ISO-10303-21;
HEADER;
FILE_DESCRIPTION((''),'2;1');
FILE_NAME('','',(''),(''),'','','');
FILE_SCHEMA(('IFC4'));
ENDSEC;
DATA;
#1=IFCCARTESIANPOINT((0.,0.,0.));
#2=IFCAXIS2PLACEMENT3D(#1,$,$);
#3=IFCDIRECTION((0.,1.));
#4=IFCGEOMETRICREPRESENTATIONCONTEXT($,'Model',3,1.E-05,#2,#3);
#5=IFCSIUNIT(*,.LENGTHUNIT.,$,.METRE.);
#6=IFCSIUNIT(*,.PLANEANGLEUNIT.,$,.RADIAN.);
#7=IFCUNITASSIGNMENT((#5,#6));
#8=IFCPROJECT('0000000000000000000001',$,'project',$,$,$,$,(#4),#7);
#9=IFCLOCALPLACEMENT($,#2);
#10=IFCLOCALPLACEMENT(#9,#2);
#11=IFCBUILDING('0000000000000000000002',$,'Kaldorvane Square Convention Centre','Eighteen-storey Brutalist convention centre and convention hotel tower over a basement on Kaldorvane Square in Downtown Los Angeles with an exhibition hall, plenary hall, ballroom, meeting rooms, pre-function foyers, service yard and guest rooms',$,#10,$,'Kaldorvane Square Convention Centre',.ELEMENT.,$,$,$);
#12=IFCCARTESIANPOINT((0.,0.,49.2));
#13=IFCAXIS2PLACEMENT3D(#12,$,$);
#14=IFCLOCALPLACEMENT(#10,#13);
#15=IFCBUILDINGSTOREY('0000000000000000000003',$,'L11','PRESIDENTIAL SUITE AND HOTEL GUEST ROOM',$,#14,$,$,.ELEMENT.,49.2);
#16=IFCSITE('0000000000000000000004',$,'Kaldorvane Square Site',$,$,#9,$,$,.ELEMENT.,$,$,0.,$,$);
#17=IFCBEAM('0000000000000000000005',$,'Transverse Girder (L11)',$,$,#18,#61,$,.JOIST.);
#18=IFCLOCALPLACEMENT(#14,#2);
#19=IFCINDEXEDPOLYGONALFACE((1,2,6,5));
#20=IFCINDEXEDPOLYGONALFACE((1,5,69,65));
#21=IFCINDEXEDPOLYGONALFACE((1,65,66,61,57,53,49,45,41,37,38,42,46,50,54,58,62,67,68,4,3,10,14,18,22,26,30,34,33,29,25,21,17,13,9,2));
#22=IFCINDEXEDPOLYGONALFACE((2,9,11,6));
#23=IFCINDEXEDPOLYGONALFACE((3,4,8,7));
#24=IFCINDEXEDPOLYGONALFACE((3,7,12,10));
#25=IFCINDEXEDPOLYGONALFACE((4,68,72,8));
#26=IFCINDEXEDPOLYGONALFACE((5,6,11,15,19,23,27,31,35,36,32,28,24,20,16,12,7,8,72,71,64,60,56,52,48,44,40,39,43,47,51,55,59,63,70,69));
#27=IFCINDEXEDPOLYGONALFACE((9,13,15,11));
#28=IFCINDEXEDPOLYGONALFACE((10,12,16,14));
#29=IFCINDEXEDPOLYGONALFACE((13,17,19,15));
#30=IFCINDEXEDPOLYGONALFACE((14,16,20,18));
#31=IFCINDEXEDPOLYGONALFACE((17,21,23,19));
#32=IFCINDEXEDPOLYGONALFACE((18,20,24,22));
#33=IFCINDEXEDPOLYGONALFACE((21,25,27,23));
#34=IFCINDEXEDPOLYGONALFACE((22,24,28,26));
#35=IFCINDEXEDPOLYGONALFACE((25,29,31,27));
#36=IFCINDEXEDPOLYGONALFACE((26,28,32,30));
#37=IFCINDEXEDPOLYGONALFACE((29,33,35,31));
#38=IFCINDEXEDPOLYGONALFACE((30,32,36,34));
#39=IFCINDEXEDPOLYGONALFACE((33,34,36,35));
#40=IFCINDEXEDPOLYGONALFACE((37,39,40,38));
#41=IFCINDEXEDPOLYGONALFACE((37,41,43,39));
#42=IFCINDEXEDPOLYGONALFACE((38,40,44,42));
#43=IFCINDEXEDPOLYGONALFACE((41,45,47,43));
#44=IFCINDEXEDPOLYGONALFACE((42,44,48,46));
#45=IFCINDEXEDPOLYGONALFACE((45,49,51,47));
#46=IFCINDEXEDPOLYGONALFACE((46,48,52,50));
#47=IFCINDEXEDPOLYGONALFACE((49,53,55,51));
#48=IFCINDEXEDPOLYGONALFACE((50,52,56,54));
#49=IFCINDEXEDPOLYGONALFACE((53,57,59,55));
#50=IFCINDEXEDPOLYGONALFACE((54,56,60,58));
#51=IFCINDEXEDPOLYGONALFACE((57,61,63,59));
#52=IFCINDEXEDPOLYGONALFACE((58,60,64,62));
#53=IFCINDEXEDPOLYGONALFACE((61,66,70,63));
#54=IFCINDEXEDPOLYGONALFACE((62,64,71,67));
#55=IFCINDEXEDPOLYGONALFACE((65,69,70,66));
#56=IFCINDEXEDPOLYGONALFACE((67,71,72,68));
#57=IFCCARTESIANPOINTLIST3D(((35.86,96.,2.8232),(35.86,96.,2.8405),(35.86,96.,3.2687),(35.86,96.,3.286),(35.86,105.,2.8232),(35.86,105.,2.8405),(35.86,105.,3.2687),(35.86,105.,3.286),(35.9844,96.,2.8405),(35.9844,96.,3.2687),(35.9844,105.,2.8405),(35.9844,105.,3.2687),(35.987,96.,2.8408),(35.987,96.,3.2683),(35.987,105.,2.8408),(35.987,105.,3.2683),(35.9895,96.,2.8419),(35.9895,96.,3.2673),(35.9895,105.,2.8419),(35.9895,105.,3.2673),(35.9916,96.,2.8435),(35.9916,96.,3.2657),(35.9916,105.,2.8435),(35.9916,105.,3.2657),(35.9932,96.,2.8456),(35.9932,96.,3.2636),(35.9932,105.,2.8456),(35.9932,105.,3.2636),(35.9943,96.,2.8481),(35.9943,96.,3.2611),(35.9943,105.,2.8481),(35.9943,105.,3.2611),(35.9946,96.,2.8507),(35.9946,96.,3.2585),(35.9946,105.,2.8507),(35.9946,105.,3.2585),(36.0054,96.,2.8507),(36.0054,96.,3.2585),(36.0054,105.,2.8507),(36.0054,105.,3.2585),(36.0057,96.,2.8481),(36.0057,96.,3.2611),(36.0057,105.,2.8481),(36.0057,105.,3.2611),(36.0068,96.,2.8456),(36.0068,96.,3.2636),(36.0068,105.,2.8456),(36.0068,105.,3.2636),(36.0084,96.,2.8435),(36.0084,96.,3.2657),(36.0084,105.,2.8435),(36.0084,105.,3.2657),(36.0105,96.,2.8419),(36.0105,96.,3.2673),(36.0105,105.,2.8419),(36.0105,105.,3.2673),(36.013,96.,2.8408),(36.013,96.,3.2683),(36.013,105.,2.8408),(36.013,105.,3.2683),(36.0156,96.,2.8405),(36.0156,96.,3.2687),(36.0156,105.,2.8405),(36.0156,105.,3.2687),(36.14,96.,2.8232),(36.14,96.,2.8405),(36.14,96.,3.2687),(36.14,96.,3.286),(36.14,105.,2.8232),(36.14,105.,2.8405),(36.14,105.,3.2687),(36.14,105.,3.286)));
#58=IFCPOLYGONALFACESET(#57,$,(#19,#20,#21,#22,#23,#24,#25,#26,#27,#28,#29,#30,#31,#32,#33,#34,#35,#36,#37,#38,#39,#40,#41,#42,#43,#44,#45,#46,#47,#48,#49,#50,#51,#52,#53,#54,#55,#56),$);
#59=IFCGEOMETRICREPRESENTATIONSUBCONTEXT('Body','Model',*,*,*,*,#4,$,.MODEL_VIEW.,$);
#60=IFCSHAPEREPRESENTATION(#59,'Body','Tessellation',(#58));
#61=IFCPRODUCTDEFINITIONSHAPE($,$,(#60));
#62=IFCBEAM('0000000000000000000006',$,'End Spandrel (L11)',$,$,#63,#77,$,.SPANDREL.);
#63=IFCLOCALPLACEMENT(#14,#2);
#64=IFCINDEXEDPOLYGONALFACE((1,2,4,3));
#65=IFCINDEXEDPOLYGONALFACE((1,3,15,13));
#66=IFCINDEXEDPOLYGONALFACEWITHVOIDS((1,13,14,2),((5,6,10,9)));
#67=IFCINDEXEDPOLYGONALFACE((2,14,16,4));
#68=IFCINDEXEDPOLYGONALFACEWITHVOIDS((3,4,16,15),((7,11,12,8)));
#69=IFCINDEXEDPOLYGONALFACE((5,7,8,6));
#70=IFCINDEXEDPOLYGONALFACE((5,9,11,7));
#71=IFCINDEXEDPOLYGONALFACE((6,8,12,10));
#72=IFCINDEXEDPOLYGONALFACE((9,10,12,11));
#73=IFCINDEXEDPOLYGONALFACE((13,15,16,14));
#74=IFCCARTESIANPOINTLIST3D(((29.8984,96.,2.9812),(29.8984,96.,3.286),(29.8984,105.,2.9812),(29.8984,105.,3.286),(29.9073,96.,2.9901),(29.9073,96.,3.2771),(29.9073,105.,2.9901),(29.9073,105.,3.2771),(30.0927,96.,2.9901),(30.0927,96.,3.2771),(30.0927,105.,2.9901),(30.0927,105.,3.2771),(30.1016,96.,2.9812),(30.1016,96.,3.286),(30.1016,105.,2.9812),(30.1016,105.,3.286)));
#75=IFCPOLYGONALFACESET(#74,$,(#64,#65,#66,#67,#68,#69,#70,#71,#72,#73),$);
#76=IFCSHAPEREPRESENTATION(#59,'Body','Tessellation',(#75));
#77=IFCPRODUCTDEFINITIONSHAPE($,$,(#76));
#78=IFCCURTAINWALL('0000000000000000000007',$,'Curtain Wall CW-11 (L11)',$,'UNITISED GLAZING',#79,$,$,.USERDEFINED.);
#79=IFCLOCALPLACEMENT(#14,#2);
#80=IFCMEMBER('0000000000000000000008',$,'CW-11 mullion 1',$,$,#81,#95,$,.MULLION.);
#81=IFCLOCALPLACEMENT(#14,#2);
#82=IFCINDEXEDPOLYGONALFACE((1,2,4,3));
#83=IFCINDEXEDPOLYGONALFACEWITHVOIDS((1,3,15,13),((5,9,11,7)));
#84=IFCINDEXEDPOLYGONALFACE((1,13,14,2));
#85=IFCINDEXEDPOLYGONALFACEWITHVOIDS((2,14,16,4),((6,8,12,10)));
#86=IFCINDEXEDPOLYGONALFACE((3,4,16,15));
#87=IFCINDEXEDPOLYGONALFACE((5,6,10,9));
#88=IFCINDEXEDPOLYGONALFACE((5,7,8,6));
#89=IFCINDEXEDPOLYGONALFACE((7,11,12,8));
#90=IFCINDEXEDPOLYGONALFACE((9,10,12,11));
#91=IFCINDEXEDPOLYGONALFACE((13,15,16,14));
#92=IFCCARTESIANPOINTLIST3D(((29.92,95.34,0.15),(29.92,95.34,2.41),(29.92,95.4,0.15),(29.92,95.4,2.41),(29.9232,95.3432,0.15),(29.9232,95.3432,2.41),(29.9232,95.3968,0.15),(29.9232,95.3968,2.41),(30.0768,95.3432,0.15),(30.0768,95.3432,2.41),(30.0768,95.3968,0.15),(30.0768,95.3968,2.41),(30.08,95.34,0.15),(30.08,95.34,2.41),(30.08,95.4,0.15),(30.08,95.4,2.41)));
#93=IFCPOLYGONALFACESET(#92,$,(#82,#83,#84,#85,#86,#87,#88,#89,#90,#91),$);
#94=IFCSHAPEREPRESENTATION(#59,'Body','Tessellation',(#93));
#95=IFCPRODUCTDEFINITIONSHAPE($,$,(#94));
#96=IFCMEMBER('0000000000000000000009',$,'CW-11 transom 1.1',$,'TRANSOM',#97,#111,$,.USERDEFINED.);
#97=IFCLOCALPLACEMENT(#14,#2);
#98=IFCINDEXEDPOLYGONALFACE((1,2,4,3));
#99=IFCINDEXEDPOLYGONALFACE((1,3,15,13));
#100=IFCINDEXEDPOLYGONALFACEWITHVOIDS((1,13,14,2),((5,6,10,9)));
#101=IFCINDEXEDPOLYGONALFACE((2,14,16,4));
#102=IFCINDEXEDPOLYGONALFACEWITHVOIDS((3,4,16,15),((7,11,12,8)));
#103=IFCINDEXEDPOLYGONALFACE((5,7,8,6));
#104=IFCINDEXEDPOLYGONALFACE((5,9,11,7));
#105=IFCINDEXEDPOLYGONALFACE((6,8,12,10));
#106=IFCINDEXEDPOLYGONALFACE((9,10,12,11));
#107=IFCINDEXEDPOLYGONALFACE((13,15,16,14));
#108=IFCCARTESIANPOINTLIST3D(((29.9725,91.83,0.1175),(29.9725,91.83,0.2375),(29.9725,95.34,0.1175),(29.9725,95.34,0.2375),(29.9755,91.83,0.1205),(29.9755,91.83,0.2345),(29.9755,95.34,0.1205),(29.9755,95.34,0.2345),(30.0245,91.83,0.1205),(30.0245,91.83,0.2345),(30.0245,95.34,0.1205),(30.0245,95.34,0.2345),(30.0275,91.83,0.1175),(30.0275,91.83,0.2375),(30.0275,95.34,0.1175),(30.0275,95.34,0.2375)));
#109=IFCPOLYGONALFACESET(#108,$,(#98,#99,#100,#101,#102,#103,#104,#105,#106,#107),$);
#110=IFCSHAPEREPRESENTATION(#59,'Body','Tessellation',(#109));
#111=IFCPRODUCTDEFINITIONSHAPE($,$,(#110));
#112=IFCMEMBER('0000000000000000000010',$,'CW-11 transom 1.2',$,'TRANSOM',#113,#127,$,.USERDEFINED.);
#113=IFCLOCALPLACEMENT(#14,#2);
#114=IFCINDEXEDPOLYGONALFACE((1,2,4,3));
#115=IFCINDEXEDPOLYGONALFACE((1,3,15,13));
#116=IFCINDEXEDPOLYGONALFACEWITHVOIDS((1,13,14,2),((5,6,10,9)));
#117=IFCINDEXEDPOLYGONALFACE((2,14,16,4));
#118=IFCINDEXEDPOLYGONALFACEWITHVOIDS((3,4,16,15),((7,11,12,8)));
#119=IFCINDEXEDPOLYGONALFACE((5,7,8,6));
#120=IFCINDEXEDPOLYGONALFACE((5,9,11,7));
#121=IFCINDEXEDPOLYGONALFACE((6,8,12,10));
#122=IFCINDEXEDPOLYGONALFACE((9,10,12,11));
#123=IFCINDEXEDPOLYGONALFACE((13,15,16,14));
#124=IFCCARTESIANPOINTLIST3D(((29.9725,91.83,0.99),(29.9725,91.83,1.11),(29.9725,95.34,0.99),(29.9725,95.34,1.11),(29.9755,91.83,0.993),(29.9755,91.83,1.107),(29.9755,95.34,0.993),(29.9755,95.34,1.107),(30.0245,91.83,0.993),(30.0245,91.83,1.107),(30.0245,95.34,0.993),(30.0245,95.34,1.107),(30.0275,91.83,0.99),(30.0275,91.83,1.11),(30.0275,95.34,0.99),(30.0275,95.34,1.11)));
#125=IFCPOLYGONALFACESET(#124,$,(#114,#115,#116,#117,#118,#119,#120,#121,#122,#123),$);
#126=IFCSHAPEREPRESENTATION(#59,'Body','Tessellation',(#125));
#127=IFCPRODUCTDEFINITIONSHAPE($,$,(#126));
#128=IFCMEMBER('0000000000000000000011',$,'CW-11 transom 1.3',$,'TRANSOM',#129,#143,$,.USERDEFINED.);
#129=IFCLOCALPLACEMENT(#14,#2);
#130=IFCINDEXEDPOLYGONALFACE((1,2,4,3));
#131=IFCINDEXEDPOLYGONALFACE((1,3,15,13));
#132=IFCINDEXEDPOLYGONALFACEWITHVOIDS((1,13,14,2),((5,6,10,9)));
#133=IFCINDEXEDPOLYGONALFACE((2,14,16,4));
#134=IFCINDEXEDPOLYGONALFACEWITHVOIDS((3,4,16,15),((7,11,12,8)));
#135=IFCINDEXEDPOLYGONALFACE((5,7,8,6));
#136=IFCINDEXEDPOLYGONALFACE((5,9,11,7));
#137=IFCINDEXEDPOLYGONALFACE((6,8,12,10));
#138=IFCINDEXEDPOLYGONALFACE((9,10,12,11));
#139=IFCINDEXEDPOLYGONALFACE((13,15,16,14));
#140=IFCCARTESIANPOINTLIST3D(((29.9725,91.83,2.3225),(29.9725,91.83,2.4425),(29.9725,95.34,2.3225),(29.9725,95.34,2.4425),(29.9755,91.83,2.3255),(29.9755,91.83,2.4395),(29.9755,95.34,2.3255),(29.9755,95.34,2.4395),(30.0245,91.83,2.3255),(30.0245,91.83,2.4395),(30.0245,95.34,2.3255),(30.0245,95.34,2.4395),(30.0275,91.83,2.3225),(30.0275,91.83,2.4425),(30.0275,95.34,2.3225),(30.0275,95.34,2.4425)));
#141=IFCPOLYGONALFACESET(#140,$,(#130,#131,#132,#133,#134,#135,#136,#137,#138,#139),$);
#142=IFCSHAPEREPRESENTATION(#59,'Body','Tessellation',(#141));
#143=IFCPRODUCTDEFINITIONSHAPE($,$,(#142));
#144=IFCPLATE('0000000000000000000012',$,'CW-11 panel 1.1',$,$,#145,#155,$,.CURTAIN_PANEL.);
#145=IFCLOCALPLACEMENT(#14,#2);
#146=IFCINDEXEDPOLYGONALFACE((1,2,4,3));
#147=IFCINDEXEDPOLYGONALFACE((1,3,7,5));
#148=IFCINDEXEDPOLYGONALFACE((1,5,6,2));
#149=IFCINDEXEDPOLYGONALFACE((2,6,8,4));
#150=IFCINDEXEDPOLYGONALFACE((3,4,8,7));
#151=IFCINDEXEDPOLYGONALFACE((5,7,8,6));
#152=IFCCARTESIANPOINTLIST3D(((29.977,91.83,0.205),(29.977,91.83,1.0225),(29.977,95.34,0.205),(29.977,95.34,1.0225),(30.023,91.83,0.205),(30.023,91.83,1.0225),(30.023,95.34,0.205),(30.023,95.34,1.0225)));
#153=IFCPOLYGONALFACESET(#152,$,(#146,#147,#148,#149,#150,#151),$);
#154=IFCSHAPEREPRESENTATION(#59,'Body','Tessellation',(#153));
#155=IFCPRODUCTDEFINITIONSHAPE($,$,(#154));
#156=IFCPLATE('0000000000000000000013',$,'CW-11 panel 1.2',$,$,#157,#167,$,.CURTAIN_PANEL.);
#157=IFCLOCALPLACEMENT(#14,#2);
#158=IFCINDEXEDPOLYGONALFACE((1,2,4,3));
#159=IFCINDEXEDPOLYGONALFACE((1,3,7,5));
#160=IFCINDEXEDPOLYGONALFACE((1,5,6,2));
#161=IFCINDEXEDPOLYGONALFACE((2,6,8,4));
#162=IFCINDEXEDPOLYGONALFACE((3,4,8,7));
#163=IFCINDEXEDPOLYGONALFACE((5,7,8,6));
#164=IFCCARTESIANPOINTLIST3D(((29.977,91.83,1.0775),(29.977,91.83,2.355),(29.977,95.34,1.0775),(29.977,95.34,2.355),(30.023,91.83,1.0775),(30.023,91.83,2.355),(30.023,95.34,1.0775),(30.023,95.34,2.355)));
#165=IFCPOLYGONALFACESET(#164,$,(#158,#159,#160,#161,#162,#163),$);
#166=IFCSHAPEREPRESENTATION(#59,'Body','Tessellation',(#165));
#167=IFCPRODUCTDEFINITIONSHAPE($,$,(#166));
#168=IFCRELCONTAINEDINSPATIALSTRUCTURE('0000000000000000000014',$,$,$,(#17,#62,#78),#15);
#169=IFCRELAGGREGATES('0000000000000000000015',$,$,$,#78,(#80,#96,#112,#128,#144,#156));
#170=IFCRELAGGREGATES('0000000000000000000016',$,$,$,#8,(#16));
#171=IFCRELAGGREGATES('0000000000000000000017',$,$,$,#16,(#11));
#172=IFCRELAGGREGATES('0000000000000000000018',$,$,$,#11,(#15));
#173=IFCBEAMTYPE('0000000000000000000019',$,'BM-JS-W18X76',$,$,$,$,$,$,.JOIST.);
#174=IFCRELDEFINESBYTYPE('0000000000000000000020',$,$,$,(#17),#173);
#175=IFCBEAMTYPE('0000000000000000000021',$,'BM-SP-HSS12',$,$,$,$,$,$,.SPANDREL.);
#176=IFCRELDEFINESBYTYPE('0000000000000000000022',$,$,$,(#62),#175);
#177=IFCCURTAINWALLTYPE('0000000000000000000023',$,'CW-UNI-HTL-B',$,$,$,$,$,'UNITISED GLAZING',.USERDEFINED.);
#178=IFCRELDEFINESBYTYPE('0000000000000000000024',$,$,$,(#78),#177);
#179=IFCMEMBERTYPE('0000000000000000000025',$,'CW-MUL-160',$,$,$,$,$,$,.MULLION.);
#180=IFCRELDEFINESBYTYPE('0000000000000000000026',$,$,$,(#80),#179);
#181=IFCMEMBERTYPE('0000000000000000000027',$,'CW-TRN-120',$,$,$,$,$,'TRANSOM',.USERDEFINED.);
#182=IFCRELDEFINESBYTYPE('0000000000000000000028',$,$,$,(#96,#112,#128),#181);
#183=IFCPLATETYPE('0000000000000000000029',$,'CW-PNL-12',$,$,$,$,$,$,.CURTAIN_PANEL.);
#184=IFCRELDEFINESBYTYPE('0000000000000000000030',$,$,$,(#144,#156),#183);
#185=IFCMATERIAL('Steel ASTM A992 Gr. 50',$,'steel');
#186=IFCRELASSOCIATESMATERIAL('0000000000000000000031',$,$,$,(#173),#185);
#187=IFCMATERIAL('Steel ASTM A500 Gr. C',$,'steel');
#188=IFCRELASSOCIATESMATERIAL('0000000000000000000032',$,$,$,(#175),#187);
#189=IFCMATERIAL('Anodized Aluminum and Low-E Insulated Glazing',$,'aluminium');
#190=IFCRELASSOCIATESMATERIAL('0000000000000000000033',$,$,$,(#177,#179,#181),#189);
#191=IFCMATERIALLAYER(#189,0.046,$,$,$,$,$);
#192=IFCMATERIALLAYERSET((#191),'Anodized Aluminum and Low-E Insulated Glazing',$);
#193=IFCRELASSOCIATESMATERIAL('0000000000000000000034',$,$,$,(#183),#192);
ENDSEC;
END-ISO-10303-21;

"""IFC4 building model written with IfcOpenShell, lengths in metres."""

from ifc_helpers import new_model, si_unit, direction, frame, origin, origin_2d, place, context, subcontext, project, spatial, rectangle, hollow_rectangle, i_section, extrude, material, layer, layer_set, material_profile, profile_set, type_object, element, aggregate, save


model = new_model("IFC4")

# Units and contexts
model_context = context("Model", 3, precision=1e-05, world=origin(), true_north=direction((0.0, 1.0)))
body_context = subcontext(model_context, "Body", "Model", "MODEL_VIEW")
ifc_project = project(units=[si_unit("LENGTHUNIT", "METRE"), si_unit("PLANEANGLEUNIT", "RADIAN")], contexts=[model_context])

# Site, building, storey
site_placement = place(None, origin())
site = spatial("IfcSite", under=ifc_project, at=site_placement, Name="Kaldorvane Square Site", CompositionType="ELEMENT", RefElevation=0.0)
building_placement = place(site_placement, origin())
building = spatial("IfcBuilding", under=site, at=building_placement, Name="Kaldorvane Square Convention Centre", Description="Eighteen-storey Brutalist convention centre and convention hotel tower over a basement on Kaldorvane Square in Downtown Los Angeles with an exhibition hall, plenary hall, ballroom, meeting rooms, pre-function foyers, service yard and guest rooms", LongName="Kaldorvane Square Convention Centre", CompositionType="ELEMENT")
storey_placement = place(building_placement, frame((0.0, 0.0, 49.2)))
storey = spatial("IfcBuildingStorey", under=building, at=storey_placement, Name="L11", Description="PRESIDENTIAL SUITE AND HOTEL GUEST ROOM", CompositionType="ELEMENT", Elevation=49.2)

# Shared definitions
ifc_material_1 = material(Name="Steel ASTM A992 Gr. 50", Category="steel")

# Beams
ifc_material_profile_1 = material_profile(ifc_material_1, i_section(OverallWidth=0.2799, OverallDepth=0.4628, WebThickness=0.0108, FlangeThickness=0.0173, FilletRadius=0.0102, at=origin_2d()), Name="W18X76")
ifc_profile_set_1 = profile_set([ifc_material_profile_1], Name="Steel ASTM A992 Gr. 50")
beam_type_1 = type_object("IfcBeamType", Name="BM-JS-W18X76", PredefinedType="JOIST", material=ifc_profile_set_1)
beam_1_placement = place(storey_placement, frame((36.0, 96.0, 3.0546), z_axis=(0.0, 1.0, 0.0), x_axis=(-1.0, 0.0, 0.0)))
element("IfcBeam", 1, at=beam_1_placement, inside=storey, type_object=beam_type_1, Name="Transverse Girder (L11)", PredefinedType="JOIST", context=body_context, shape_type="SweptSolid", body=[
    extrude(i_section(OverallWidth=0.2799, OverallDepth=0.4628, WebThickness=0.0108, FlangeThickness=0.0173, FilletRadius=0.0102, at=origin_2d()), origin(), (0.0, 0.0, 1.0), 9.0),
])
ifc_material_2 = material(Name="Steel ASTM A500 Gr. C", Category="steel")
ifc_material_profile_2 = material_profile(ifc_material_2, hollow_rectangle(XDim=0.2032, YDim=0.3048, WallThickness=0.0089, at=origin_2d()), Name="HSS12X8X3/8")
ifc_profile_set_2 = profile_set([ifc_material_profile_2], Name="Steel ASTM A500 Gr. C")
beam_type_2 = type_object("IfcBeamType", Name="BM-SP-HSS12", PredefinedType="SPANDREL", material=ifc_profile_set_2)
beam_2_placement = place(storey_placement, frame((30.0, 96.0, 3.1336), z_axis=(0.0, 1.0, 0.0), x_axis=(-1.0, 0.0, 0.0)))
element("IfcBeam", 2, at=beam_2_placement, inside=storey, type_object=beam_type_2, Name="End Spandrel (L11)", PredefinedType="SPANDREL", context=body_context, shape_type="SweptSolid", body=[
    extrude(hollow_rectangle(XDim=0.2032, YDim=0.3048, WallThickness=0.0089, at=origin_2d()), origin(), (0.0, 0.0, 1.0), 9.0),
])

# Curtain wall, members, plates
ifc_material_3 = material(Name="Anodized Aluminum and Low-E Insulated Glazing", Category="aluminium")
curtain_wall_type = type_object("IfcCurtainWallType", Name="CW-UNI-HTL-B", ElementType="UNITISED GLAZING", PredefinedType="USERDEFINED", material=ifc_material_3)
curtain_wall_placement = place(storey_placement, origin())
curtain_wall = element("IfcCurtainWall", 3, at=curtain_wall_placement, inside=storey, type_object=curtain_wall_type, Name="Curtain Wall CW-11 (L11)", ObjectType="UNITISED GLAZING", PredefinedType="USERDEFINED")
ifc_material_profile_3 = material_profile(ifc_material_3, hollow_rectangle(XDim=0.06, YDim=0.16, WallThickness=0.0032, at=origin_2d()), Name="CWM-160X60")
ifc_profile_set_3 = profile_set([ifc_material_profile_3], Name="Anodized Aluminum and Low-E Insulated Glazing")
member_type_1 = type_object("IfcMemberType", Name="CW-MUL-160", PredefinedType="MULLION", material=ifc_profile_set_3)
member_1_placement = place(storey_placement, frame((30.0, 95.37, 0.15), z_axis=(0.0, 0.0, 1.0), x_axis=(0.0, -1.0, 0.0)))
member_1 = element("IfcMember", 4, at=member_1_placement, type_object=member_type_1, Name="CW-11 mullion 1", PredefinedType="MULLION", context=body_context, shape_type="SweptSolid", body=[
    extrude(hollow_rectangle(XDim=0.06, YDim=0.16, WallThickness=0.0032, at=origin_2d()), origin(), (0.0, 0.0, 1.0), 2.26),
])
ifc_material_profile_4 = material_profile(ifc_material_3, hollow_rectangle(XDim=0.055, YDim=0.12, WallThickness=0.003, at=origin_2d()), Name="CWT-120X55")
ifc_profile_set_4 = profile_set([ifc_material_profile_4], Name="Anodized Aluminum and Low-E Insulated Glazing")
member_type_2 = type_object("IfcMemberType", Name="CW-TRN-120", ElementType="TRANSOM", PredefinedType="USERDEFINED", material=ifc_profile_set_4)
member_2_placement = place(storey_placement, frame((30.0, 95.34, 0.1775), z_axis=(0.0, -1.0, 0.0), x_axis=(1.0, 0.0, 0.0)))
member_2 = element("IfcMember", 5, at=member_2_placement, type_object=member_type_2, Name="CW-11 transom 1.1", ObjectType="TRANSOM", PredefinedType="USERDEFINED", context=body_context, shape_type="SweptSolid", body=[
    extrude(hollow_rectangle(XDim=0.055, YDim=0.12, WallThickness=0.003, at=origin_2d()), origin(), (0.0, 0.0, 1.0), 3.51),
])
member_3_placement = place(storey_placement, frame((30.0, 95.34, 1.05), z_axis=(0.0, -1.0, 0.0), x_axis=(1.0, 0.0, 0.0)))
member_3 = element("IfcMember", 6, at=member_3_placement, type_object=member_type_2, Name="CW-11 transom 1.2", ObjectType="TRANSOM", PredefinedType="USERDEFINED", context=body_context, shape_type="SweptSolid", body=[
    extrude(hollow_rectangle(XDim=0.055, YDim=0.12, WallThickness=0.003, at=origin_2d()), origin(), (0.0, 0.0, 1.0), 3.51),
])
member_4_placement = place(storey_placement, frame((30.0, 95.34, 2.3825), z_axis=(0.0, -1.0, 0.0), x_axis=(1.0, 0.0, 0.0)))
member_4 = element("IfcMember", 7, at=member_4_placement, type_object=member_type_2, Name="CW-11 transom 1.3", ObjectType="TRANSOM", PredefinedType="USERDEFINED", context=body_context, shape_type="SweptSolid", body=[
    extrude(hollow_rectangle(XDim=0.055, YDim=0.12, WallThickness=0.003, at=origin_2d()), origin(), (0.0, 0.0, 1.0), 3.51),
])
ifc_layer_1 = layer(ifc_material_3, 0.046)
ifc_layer_set_1 = layer_set([ifc_layer_1], Name="Anodized Aluminum and Low-E Insulated Glazing")
plate_type = type_object("IfcPlateType", Name="CW-PNL-12", PredefinedType="CURTAIN_PANEL", material=ifc_layer_set_1)
plate_1_placement = place(storey_placement, frame((30.0, 93.585, 0.205), z_axis=(0.0, 0.0, 1.0), x_axis=(0.0, -1.0, 0.0)))
plate_1 = element("IfcPlate", 8, at=plate_1_placement, type_object=plate_type, Name="CW-11 panel 1.1", PredefinedType="CURTAIN_PANEL", context=body_context, shape_type="SweptSolid", body=[
    extrude(rectangle(XDim=3.51, YDim=0.046, at=origin_2d()), origin(), (0.0, 0.0, 1.0), 0.8175),
])
plate_2_placement = place(storey_placement, frame((30.0, 93.585, 1.0775), z_axis=(0.0, 0.0, 1.0), x_axis=(0.0, -1.0, 0.0)))
plate_2 = element("IfcPlate", 9, at=plate_2_placement, type_object=plate_type, Name="CW-11 panel 1.2", PredefinedType="CURTAIN_PANEL", context=body_context, shape_type="SweptSolid", body=[
    extrude(rectangle(XDim=3.51, YDim=0.046, at=origin_2d()), origin(), (0.0, 0.0, 1.0), 1.2775),
])
aggregate(curtain_wall, [member_1, member_2, member_3, member_4, plate_1, plate_2])

save(model, "model.ifc")
